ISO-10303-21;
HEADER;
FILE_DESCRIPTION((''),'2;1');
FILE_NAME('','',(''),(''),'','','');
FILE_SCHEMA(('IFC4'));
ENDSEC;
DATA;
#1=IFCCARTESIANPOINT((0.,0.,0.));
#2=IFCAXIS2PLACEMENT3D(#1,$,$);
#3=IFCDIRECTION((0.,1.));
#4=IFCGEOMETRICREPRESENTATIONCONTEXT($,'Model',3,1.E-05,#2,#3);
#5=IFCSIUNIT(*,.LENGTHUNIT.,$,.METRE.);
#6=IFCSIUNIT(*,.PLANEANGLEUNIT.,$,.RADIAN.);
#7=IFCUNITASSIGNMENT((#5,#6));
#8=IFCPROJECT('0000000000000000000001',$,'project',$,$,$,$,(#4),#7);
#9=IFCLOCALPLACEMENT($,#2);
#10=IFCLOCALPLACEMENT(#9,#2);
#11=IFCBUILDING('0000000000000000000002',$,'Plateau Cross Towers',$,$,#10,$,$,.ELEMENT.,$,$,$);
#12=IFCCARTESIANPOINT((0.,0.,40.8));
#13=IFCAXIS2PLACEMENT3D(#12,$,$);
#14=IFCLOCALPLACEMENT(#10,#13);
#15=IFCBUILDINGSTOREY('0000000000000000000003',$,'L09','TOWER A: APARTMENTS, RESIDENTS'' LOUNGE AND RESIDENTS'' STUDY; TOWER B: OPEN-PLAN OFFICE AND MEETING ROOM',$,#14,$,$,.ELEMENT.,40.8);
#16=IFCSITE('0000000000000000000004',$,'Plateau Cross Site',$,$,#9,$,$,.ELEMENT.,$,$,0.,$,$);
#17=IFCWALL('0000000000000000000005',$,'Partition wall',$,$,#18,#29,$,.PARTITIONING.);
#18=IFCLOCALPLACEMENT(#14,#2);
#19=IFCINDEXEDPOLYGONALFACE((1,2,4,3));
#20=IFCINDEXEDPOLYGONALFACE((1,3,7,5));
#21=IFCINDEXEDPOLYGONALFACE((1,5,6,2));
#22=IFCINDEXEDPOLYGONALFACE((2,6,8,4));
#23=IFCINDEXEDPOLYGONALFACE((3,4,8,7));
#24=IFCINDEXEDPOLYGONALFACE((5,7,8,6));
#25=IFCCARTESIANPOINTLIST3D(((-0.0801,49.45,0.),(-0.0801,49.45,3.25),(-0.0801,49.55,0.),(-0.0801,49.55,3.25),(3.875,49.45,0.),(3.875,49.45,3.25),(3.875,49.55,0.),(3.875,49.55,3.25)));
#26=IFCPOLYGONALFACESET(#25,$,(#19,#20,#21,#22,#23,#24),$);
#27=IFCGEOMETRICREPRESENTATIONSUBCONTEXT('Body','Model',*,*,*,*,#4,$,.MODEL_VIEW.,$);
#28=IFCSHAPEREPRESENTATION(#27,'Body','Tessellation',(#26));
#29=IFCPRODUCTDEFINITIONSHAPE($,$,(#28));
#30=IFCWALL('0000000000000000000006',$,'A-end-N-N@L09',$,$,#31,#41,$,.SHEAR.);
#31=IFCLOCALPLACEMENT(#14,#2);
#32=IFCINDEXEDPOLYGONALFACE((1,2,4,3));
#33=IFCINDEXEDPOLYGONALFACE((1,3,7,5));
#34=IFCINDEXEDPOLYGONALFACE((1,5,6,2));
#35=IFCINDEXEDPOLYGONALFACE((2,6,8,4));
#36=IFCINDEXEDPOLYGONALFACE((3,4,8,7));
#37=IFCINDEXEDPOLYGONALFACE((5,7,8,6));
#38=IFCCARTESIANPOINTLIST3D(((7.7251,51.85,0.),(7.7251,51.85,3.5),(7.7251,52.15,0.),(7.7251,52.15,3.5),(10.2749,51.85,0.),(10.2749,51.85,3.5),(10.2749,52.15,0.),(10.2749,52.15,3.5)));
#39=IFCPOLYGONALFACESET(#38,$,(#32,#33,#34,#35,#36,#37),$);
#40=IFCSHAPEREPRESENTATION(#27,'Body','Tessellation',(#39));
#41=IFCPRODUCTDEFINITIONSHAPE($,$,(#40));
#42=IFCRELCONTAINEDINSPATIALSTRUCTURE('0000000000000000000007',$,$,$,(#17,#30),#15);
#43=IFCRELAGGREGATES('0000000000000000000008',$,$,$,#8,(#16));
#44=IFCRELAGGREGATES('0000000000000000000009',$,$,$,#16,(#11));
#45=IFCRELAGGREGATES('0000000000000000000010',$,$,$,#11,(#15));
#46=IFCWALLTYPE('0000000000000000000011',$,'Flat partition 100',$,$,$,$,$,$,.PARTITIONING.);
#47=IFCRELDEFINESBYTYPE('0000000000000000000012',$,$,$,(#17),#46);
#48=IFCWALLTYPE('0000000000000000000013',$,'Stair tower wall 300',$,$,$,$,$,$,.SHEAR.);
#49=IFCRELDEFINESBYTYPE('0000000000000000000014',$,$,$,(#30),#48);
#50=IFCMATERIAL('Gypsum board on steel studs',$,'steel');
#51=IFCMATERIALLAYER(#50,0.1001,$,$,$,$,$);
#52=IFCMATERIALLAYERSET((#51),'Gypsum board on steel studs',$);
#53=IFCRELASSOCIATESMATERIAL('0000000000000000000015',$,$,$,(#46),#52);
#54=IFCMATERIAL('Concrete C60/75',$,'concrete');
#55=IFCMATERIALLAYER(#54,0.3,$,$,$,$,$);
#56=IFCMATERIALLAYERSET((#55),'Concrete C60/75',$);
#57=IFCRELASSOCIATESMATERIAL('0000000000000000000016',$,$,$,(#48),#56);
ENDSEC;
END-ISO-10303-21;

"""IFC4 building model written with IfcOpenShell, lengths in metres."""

from ifc_helpers import new_model, si_unit, direction, frame, frame_2d, origin, place, context, subcontext, project, spatial, rectangle, extrude, material, layer, layer_set, type_object, element, save


model = new_model("IFC4")

# Units and contexts
model_context = context("Model", 3, precision=1e-05, world=origin(), true_north=direction((0.0, 1.0)))
body_context = subcontext(model_context, "Body", "Model", "MODEL_VIEW")
ifc_project = project(units=[si_unit("LENGTHUNIT", "METRE"), si_unit("PLANEANGLEUNIT", "RADIAN")], contexts=[model_context])

# Site, building, storey
site_placement = place(None, origin())
site = spatial("IfcSite", under=ifc_project, at=site_placement, Name="Plateau Cross Site", CompositionType="ELEMENT", RefElevation=0.0)
building_placement = place(site_placement, origin())
building = spatial("IfcBuilding", under=site, at=building_placement, Name="Plateau Cross Towers", CompositionType="ELEMENT")
storey_placement = place(building_placement, frame((0.0, 0.0, 40.8)))
storey = spatial("IfcBuildingStorey", under=building, at=storey_placement, Name="L09", Description="TOWER A: APARTMENTS, RESIDENTS' LOUNGE AND RESIDENTS' STUDY; TOWER B: OPEN-PLAN OFFICE AND MEETING ROOM", CompositionType="ELEMENT", Elevation=40.8)

# Shared definitions
ifc_material_1 = material(Name="Concrete C60/75", Category="concrete")

# Walls
ifc_material_2 = material(Name="Gypsum board on steel studs", Category="steel")
ifc_layer_1 = layer(ifc_material_2, 0.1001)
ifc_layer_set_1 = layer_set([ifc_layer_1], Name="Gypsum board on steel studs")
wall_type_1 = type_object("IfcWallType", Name="Flat partition 100", PredefinedType="PARTITIONING", material=ifc_layer_set_1)
wall_1_placement = place(storey_placement, frame((3.875, 49.5, 0.0), z_axis=(0.0, 0.0, 1.0), x_axis=(-1.0, 0.0, 0.0)))
element("IfcWall", 1, at=wall_1_placement, inside=storey, type_object=wall_type_1, Name="Partition wall", PredefinedType="PARTITIONING", context=body_context, shape_type="SweptSolid", body=[
    extrude(rectangle(XDim=3.9551, YDim=0.1001, at=frame_2d((1.9775, 0.0))), origin(), (0.0, 0.0, 1.0), 3.25),
])
ifc_layer_2 = layer(ifc_material_1, 0.3)
ifc_layer_set_2 = layer_set([ifc_layer_2], Name="Concrete C60/75")
wall_type_2 = type_object("IfcWallType", Name="Stair tower wall 300", PredefinedType="SHEAR", material=ifc_layer_set_2)
wall_2_placement = place(storey_placement, frame((7.7251, 52.0, 0.0), z_axis=(0.0, 0.0, 1.0), x_axis=(1.0, 0.0, 0.0)))
element("IfcWall", 2, at=wall_2_placement, inside=storey, type_object=wall_type_2, Name="A-end-N-N@L09", PredefinedType="SHEAR", context=body_context, shape_type="SweptSolid", body=[
    extrude(rectangle(XDim=2.5498, YDim=0.3, at=frame_2d((1.2749, 0.0))), origin(), (0.0, 0.0, 1.0), 3.5),
])

save(model, "model.ifc")
